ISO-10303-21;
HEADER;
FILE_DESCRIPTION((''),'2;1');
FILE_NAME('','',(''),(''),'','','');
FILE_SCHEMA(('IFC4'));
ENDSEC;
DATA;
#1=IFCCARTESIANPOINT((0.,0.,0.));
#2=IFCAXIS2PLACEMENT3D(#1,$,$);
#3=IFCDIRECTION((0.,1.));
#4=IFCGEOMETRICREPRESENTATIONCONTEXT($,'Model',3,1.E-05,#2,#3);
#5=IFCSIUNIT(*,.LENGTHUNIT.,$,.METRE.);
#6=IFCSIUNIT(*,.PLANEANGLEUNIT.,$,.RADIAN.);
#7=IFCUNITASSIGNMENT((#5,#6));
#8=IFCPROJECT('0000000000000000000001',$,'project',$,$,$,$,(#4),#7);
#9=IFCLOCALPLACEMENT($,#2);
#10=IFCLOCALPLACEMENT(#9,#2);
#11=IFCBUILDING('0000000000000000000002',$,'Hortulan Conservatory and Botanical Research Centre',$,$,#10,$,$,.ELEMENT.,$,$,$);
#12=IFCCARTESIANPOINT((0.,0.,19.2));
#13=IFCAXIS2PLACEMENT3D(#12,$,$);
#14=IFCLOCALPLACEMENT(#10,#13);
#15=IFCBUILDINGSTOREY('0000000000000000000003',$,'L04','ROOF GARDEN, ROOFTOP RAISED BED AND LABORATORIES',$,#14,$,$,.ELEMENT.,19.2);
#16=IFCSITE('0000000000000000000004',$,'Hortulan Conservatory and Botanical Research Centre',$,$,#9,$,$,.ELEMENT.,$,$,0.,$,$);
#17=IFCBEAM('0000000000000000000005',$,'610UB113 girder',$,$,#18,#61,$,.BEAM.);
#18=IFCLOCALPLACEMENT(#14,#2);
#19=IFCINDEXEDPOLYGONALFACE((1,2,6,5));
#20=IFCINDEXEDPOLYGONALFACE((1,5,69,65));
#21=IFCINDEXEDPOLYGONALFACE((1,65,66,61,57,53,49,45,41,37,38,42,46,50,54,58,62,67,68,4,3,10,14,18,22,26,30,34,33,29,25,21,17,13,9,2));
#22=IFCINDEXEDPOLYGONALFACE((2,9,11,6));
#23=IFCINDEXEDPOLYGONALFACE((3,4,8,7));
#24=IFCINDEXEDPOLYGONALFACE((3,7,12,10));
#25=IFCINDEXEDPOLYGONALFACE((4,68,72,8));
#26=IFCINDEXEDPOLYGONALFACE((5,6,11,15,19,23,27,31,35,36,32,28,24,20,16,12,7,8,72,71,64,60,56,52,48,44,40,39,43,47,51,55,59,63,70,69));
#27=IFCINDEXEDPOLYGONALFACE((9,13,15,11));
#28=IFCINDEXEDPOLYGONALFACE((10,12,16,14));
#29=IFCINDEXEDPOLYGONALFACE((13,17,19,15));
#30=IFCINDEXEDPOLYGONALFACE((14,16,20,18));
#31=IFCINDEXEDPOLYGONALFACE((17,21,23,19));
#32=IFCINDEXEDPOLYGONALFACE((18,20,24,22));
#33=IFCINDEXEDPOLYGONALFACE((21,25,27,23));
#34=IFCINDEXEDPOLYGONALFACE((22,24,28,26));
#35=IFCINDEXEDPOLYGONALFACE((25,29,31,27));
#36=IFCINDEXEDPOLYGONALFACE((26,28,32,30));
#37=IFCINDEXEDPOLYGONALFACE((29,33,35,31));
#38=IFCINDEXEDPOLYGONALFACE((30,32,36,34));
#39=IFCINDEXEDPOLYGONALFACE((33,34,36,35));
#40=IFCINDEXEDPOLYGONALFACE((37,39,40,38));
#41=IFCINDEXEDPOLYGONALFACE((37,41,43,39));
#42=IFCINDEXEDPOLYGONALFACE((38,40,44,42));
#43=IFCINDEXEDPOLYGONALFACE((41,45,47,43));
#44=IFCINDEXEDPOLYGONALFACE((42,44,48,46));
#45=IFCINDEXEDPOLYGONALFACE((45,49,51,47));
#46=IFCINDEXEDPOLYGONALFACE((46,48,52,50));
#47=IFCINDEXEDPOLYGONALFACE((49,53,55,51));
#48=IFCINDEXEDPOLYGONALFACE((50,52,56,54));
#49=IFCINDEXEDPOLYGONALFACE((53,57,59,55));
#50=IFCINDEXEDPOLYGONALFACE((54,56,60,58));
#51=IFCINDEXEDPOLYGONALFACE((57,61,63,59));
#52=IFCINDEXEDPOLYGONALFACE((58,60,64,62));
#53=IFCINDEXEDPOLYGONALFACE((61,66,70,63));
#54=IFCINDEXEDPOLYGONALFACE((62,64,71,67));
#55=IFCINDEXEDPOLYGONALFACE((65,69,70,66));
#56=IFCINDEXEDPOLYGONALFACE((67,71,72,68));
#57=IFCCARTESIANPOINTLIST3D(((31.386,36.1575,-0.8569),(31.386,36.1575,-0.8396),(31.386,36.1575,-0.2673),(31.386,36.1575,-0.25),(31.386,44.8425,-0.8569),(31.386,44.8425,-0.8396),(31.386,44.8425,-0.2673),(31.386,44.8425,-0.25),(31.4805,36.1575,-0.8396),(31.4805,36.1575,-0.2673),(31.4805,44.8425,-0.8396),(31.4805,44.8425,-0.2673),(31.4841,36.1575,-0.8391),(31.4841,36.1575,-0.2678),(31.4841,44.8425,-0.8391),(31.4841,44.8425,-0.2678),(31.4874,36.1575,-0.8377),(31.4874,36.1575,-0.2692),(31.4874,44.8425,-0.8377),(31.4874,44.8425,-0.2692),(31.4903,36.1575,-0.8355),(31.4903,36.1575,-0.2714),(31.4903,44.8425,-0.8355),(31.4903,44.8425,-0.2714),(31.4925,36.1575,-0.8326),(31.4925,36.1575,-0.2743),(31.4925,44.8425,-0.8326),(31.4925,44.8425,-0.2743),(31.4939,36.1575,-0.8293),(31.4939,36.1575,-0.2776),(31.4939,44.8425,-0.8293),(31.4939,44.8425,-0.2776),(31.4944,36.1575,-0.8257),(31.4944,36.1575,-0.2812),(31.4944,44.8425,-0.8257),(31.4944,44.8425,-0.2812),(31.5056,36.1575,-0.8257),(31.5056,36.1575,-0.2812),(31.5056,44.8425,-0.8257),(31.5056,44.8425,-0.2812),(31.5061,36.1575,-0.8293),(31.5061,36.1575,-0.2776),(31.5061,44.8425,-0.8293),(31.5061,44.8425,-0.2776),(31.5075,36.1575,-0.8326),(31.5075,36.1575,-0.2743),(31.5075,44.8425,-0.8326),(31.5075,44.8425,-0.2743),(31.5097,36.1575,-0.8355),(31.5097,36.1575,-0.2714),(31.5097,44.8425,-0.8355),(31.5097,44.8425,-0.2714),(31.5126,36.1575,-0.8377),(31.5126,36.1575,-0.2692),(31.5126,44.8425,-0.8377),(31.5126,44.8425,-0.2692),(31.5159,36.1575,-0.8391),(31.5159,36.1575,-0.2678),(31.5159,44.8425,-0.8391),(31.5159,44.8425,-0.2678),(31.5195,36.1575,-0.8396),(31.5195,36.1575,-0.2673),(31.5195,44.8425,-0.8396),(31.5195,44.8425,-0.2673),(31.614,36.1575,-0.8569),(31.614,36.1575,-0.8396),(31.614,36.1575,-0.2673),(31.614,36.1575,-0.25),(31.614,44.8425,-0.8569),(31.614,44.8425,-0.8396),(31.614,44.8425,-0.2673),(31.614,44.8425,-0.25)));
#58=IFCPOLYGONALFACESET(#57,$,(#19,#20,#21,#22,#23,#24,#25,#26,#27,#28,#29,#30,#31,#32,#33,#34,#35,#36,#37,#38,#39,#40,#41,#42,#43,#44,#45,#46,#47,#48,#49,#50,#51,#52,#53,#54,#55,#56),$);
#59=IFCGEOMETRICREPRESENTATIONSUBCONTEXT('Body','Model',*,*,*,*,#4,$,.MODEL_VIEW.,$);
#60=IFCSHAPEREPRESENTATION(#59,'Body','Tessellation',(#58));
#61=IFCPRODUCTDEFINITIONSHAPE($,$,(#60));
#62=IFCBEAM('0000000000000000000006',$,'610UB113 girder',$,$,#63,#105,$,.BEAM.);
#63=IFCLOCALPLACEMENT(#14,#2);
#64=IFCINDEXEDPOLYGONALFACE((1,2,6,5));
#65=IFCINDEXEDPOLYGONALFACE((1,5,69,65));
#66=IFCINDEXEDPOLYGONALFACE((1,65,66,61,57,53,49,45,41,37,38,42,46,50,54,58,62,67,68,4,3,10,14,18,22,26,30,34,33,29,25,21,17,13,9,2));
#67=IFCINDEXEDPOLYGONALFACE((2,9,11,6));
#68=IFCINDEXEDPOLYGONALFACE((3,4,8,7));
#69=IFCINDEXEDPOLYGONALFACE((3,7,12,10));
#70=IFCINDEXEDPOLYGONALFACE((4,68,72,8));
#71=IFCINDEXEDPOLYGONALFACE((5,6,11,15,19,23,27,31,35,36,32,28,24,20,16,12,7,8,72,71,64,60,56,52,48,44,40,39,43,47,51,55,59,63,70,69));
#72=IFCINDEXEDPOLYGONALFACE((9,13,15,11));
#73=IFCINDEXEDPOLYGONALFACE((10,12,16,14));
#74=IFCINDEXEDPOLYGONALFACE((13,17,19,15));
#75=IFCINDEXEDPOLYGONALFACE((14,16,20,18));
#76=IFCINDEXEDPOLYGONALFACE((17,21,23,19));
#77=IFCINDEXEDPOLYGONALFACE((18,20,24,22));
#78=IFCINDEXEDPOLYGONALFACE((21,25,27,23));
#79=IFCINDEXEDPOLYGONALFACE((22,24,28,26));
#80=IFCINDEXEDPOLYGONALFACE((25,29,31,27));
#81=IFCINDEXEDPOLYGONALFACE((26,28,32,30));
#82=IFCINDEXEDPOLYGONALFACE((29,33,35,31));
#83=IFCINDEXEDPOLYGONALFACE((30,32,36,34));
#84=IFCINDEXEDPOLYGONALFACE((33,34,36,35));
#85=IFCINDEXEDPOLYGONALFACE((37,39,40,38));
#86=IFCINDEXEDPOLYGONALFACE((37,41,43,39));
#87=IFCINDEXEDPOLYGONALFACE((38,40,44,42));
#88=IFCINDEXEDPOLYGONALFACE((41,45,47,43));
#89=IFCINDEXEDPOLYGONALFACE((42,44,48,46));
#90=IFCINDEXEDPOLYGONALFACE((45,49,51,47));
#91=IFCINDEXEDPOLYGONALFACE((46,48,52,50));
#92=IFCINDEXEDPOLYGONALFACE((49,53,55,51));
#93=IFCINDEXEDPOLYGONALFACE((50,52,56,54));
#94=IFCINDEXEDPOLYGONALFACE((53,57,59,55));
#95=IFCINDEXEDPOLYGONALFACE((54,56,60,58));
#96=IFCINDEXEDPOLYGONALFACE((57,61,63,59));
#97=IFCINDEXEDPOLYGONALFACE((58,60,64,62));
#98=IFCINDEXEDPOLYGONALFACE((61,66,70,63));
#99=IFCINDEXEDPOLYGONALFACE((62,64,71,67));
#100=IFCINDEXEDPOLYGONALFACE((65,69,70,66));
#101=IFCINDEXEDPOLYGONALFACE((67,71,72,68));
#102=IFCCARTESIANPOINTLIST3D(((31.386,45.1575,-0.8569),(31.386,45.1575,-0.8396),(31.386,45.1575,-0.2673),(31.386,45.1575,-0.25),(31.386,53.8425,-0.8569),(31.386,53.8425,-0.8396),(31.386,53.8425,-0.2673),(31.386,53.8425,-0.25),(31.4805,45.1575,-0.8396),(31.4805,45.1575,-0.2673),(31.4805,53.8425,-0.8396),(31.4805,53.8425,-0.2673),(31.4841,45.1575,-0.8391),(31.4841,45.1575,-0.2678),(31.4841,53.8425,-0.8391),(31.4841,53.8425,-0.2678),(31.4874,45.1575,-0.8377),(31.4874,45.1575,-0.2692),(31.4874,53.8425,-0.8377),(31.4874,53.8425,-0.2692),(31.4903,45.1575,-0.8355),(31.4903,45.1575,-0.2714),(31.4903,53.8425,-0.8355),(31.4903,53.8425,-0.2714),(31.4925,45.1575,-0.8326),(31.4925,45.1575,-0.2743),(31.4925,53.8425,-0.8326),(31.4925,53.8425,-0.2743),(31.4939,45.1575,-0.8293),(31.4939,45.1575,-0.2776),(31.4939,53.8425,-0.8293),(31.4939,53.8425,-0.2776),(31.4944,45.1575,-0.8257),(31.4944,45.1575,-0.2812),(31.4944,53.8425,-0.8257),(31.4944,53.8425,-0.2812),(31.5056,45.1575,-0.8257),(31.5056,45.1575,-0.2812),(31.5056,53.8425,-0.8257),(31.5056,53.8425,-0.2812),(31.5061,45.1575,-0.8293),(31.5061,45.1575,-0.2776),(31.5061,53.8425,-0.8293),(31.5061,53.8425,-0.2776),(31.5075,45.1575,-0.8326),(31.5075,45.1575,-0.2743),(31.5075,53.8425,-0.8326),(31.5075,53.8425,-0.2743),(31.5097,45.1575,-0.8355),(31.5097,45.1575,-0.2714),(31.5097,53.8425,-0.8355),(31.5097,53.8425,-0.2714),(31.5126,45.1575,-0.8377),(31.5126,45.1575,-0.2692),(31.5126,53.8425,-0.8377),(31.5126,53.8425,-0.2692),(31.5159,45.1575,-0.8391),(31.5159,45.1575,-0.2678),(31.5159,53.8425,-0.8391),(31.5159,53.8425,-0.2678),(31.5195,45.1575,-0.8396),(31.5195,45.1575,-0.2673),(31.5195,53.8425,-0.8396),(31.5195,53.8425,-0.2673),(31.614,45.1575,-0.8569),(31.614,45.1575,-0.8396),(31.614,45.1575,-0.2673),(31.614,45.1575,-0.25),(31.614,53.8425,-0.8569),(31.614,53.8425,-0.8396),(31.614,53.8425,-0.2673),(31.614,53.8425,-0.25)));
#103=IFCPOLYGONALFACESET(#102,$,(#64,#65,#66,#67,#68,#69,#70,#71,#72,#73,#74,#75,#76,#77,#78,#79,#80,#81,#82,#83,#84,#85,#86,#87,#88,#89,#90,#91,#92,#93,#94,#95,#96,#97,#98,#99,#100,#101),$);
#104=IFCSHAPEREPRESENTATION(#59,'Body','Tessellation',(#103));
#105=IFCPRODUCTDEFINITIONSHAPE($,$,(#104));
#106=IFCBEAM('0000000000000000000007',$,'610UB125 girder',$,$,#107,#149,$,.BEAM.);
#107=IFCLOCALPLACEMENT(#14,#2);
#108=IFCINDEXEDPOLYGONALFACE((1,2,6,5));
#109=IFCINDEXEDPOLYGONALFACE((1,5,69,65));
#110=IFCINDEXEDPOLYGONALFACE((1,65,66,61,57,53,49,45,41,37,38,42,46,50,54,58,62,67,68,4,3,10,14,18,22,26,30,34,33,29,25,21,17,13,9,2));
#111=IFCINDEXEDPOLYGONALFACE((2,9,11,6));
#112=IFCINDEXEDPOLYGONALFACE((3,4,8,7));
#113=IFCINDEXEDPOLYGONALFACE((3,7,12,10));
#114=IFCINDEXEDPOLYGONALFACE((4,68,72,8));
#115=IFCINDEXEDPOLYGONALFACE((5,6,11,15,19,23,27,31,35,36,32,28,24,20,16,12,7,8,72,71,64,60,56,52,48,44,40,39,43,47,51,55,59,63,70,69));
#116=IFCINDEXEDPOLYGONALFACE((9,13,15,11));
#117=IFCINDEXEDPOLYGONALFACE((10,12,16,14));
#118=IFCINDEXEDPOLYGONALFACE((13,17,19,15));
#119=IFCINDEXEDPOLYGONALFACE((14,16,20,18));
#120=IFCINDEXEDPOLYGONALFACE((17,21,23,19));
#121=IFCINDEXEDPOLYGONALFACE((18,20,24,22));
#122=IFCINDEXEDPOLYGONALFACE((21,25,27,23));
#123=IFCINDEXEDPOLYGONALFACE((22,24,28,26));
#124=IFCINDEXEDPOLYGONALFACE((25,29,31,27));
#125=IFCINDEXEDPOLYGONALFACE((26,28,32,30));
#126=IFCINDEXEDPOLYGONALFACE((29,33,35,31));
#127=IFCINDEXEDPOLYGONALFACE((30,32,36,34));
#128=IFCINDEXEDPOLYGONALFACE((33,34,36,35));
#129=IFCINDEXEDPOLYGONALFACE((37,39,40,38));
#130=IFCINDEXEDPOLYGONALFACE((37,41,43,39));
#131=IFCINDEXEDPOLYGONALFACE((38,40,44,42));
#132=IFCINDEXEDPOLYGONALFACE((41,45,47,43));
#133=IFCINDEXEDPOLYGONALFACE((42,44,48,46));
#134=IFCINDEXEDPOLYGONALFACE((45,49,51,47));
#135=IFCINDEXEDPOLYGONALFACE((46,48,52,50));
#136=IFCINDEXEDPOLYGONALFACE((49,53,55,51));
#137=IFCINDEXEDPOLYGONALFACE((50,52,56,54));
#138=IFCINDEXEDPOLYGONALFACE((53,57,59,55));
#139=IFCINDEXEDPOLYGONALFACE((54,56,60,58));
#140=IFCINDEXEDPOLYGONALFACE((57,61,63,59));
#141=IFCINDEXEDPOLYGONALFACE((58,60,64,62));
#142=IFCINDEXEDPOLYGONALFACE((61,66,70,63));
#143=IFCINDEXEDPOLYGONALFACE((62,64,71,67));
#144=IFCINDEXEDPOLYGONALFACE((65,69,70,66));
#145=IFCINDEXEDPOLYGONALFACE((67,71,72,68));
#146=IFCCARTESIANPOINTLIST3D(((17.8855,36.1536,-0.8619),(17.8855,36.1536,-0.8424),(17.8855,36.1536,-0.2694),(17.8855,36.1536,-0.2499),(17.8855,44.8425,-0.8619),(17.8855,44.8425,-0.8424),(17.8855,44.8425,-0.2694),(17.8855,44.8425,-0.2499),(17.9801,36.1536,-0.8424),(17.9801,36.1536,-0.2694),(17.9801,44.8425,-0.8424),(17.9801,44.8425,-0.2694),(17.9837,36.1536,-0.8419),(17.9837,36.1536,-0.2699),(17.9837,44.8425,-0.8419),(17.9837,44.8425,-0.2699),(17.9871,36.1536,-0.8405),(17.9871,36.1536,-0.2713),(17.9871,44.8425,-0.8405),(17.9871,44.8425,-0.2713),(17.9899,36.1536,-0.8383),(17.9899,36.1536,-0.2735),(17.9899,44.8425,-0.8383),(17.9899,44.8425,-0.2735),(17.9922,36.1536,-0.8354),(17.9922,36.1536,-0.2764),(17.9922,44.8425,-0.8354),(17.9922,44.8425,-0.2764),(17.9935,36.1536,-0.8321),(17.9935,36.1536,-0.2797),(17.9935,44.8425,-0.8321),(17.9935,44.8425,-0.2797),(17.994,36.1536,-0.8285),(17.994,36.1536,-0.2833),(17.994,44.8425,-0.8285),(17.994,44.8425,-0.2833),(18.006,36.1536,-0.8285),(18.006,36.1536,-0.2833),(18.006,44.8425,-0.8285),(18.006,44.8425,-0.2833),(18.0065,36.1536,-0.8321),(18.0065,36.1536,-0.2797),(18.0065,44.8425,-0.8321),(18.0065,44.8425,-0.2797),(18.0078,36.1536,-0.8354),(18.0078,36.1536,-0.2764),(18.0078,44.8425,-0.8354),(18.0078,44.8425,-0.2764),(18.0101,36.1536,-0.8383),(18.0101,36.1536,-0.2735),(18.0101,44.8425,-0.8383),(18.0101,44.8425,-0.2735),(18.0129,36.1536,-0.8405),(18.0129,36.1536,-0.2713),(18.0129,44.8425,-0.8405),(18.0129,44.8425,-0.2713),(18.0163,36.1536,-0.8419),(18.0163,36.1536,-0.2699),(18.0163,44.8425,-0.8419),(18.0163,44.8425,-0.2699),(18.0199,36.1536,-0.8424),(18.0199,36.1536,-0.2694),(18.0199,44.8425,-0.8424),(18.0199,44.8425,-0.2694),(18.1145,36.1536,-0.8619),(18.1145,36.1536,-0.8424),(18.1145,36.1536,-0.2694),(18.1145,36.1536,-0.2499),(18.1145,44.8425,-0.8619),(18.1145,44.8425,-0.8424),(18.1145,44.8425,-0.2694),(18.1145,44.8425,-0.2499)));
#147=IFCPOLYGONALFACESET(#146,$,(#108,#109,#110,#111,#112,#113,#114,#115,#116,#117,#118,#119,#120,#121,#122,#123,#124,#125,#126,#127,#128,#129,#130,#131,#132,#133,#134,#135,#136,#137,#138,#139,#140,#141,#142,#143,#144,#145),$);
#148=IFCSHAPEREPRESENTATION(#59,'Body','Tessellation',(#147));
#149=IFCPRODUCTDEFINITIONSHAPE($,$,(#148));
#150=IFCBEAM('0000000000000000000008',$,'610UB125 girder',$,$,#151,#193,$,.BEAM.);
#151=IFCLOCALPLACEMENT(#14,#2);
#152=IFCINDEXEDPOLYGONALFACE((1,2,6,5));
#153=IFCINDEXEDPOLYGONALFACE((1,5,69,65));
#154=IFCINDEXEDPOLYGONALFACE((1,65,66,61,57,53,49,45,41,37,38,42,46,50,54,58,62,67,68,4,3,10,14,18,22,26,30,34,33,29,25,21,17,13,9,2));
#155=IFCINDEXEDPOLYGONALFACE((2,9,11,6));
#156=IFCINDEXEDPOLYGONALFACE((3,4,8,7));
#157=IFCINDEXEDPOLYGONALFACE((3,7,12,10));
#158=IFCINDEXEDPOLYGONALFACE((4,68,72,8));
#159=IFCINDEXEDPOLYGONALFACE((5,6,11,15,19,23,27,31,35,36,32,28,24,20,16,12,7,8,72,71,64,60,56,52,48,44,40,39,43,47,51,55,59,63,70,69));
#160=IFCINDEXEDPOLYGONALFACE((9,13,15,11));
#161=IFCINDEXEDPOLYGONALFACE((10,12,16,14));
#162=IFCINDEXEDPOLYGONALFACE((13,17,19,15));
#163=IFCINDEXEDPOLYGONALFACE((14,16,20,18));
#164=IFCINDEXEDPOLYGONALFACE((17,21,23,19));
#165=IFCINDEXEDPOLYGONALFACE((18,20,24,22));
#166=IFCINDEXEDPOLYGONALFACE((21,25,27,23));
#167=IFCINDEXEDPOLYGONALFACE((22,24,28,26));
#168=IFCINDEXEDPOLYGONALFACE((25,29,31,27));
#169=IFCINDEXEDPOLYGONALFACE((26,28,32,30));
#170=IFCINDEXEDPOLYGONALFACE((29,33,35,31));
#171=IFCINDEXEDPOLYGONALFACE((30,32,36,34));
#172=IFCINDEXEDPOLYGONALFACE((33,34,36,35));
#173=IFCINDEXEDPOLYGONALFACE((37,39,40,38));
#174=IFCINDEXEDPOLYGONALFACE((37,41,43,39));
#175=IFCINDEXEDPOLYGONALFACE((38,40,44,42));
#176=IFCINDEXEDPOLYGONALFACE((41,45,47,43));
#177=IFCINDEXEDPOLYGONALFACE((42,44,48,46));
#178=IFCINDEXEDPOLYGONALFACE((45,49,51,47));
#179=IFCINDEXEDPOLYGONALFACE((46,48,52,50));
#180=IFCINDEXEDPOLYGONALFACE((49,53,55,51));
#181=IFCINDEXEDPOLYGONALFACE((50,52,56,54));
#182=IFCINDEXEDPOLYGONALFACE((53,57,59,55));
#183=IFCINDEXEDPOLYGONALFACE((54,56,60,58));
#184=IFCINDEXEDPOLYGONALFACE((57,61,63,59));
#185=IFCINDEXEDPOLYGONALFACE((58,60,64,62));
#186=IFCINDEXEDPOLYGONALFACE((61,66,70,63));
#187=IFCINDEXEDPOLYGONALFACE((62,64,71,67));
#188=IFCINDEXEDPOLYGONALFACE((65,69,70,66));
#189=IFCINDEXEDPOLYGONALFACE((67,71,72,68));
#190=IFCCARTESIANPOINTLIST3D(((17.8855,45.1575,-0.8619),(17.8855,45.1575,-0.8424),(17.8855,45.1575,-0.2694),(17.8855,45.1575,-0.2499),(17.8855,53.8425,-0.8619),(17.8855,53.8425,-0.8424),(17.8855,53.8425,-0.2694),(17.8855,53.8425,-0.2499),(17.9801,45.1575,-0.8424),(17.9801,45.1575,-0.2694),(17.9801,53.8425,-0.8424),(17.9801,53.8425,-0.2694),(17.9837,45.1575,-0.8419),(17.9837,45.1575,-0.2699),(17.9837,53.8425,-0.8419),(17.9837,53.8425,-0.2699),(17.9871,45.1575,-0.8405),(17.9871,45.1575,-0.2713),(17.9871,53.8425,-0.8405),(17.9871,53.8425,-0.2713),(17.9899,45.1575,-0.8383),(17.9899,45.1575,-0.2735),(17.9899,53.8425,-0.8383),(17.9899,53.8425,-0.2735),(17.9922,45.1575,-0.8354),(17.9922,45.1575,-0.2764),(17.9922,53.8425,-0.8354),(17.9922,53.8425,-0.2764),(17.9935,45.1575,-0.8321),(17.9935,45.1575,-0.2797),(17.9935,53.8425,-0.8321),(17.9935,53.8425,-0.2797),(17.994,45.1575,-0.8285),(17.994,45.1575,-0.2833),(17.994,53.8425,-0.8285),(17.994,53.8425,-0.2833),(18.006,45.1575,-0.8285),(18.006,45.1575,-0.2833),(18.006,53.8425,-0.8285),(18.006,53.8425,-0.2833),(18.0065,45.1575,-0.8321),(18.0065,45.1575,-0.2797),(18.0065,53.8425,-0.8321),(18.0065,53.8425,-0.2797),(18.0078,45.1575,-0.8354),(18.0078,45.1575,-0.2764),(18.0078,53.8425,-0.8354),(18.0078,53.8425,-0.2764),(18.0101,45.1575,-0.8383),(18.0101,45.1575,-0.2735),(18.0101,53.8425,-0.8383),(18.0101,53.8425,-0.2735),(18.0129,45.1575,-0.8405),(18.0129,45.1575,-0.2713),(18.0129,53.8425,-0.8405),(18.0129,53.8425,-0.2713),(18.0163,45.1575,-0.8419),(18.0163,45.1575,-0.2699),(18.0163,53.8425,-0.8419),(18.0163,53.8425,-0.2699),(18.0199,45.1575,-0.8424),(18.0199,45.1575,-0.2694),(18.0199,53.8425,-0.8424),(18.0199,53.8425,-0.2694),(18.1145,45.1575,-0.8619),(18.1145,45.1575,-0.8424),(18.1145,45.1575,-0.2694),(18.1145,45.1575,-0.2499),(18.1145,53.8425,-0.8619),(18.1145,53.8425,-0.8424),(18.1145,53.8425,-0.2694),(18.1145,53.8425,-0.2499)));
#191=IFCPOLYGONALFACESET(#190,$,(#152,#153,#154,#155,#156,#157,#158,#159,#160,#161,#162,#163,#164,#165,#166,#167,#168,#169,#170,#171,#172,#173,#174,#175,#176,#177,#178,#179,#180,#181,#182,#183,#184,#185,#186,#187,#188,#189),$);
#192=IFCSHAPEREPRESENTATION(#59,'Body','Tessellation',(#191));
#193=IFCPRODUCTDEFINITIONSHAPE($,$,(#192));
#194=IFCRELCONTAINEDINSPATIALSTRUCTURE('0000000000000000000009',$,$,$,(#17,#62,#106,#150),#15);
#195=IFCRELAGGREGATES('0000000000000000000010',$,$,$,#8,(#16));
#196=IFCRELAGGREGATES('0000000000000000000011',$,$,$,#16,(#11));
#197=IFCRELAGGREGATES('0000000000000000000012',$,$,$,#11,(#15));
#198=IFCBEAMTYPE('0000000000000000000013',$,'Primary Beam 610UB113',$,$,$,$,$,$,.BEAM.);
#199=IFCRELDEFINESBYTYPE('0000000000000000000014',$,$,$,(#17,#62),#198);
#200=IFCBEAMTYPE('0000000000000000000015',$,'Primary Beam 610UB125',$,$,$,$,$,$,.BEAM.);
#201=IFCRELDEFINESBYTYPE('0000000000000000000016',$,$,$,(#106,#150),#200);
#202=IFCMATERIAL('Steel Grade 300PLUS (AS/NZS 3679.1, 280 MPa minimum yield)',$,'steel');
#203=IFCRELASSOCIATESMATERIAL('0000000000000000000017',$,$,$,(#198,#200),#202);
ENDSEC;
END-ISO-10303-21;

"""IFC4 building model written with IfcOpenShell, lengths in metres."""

from ifc_helpers import new_model, si_unit, direction, frame, origin, origin_2d, place, context, subcontext, project, spatial, i_section, extrude, material, material_profile, profile_set, type_object, element, save


model = new_model("IFC4")

# Units and contexts
model_context = context("Model", 3, precision=1e-05, world=origin(), true_north=direction((0.0, 1.0)))
body_context = subcontext(model_context, "Body", "Model", "MODEL_VIEW")
ifc_project = project(units=[si_unit("LENGTHUNIT", "METRE"), si_unit("PLANEANGLEUNIT", "RADIAN")], contexts=[model_context])

# Site, building, storey
site_placement = place(None, origin())
site = spatial("IfcSite", under=ifc_project, at=site_placement, Name="Hortulan Conservatory and Botanical Research Centre", CompositionType="ELEMENT", RefElevation=0.0)
building_placement = place(site_placement, origin())
building = spatial("IfcBuilding", under=site, at=building_placement, Name="Hortulan Conservatory and Botanical Research Centre", CompositionType="ELEMENT")
storey_placement = place(building_placement, frame((0.0, 0.0, 19.2)))
storey = spatial("IfcBuildingStorey", under=building, at=storey_placement, Name="L04", Description="ROOF GARDEN, ROOFTOP RAISED BED AND LABORATORIES", CompositionType="ELEMENT", Elevation=19.2)

# Beams
ifc_material_1 = material(Name="Steel Grade 300PLUS (AS/NZS 3679.1, 280 MPa minimum yield)", Category="steel")
ifc_material_profile_1 = material_profile(ifc_material_1, i_section(OverallWidth=0.228, OverallDepth=0.6069, WebThickness=0.0112, FlangeThickness=0.0173, FilletRadius=0.0139, at=origin_2d()), Name="610UB113")
ifc_profile_set_1 = profile_set([ifc_material_profile_1], Name="Steel Grade 300PLUS (AS/NZS 3679.1, 280 MPa minimum yield)")
beam_type_1 = type_object("IfcBeamType", Name="Primary Beam 610UB113", PredefinedType="BEAM", material=ifc_profile_set_1)
for number, where, z_axis, x_axis, name in (
    (1, (31.5, 36.1575, -0.5535), (0.0, 1.0, 0.0), (-1.0, 0.0, 0.0), "610UB113 girder"),
    (2, (31.5, 45.1575, -0.5535), (0.0, 1.0, 0.0), (-1.0, 0.0, 0.0), "610UB113 girder"),
):
    element("IfcBeam", number, at=place(storey_placement, frame(where, z_axis=z_axis, x_axis=x_axis)), inside=storey, type_object=beam_type_1, Name=name, PredefinedType="BEAM", context=body_context, shape_type="SweptSolid", body=[
        extrude(i_section(OverallWidth=0.228, OverallDepth=0.6069, WebThickness=0.0112, FlangeThickness=0.0173, FilletRadius=0.0139, at=origin_2d()), origin(), (0.0, 0.0, 1.0), 8.6851),
    ])
ifc_material_profile_2 = material_profile(ifc_material_1, i_section(OverallWidth=0.229, OverallDepth=0.6121, WebThickness=0.012, FlangeThickness=0.0195, FilletRadius=0.0139, at=origin_2d()), Name="610UB125")
ifc_profile_set_2 = profile_set([ifc_material_profile_2], Name="Steel Grade 300PLUS (AS/NZS 3679.1, 280 MPa minimum yield)")
beam_type_2 = type_object("IfcBeamType", Name="Primary Beam 610UB125", PredefinedType="BEAM", material=ifc_profile_set_2)
beam_1_placement = place(storey_placement, frame((18.0, 36.1536, -0.5559), z_axis=(0.0, 1.0, 0.0), x_axis=(-1.0, 0.0, 0.0)))
element("IfcBeam", 3, at=beam_1_placement, inside=storey, type_object=beam_type_2, Name="610UB125 girder", PredefinedType="BEAM", context=body_context, shape_type="SweptSolid", body=[
    extrude(i_section(OverallWidth=0.229, OverallDepth=0.6121, WebThickness=0.012, FlangeThickness=0.0195, FilletRadius=0.0139, at=origin_2d()), origin(), (0.0, 0.0, 1.0), 8.689),
])
beam_2_placement = place(storey_placement, frame((18.0, 45.1575, -0.5559), z_axis=(0.0, 1.0, 0.0), x_axis=(-1.0, 0.0, 0.0)))
element("IfcBeam", 4, at=beam_2_placement, inside=storey, type_object=beam_type_2, Name="610UB125 girder", PredefinedType="BEAM", context=body_context, shape_type="SweptSolid", body=[
    extrude(i_section(OverallWidth=0.229, OverallDepth=0.6121, WebThickness=0.012, FlangeThickness=0.0195, FilletRadius=0.0139, at=origin_2d()), origin(), (0.0, 0.0, 1.0), 8.6851),
])

save(model, "model.ifc")
